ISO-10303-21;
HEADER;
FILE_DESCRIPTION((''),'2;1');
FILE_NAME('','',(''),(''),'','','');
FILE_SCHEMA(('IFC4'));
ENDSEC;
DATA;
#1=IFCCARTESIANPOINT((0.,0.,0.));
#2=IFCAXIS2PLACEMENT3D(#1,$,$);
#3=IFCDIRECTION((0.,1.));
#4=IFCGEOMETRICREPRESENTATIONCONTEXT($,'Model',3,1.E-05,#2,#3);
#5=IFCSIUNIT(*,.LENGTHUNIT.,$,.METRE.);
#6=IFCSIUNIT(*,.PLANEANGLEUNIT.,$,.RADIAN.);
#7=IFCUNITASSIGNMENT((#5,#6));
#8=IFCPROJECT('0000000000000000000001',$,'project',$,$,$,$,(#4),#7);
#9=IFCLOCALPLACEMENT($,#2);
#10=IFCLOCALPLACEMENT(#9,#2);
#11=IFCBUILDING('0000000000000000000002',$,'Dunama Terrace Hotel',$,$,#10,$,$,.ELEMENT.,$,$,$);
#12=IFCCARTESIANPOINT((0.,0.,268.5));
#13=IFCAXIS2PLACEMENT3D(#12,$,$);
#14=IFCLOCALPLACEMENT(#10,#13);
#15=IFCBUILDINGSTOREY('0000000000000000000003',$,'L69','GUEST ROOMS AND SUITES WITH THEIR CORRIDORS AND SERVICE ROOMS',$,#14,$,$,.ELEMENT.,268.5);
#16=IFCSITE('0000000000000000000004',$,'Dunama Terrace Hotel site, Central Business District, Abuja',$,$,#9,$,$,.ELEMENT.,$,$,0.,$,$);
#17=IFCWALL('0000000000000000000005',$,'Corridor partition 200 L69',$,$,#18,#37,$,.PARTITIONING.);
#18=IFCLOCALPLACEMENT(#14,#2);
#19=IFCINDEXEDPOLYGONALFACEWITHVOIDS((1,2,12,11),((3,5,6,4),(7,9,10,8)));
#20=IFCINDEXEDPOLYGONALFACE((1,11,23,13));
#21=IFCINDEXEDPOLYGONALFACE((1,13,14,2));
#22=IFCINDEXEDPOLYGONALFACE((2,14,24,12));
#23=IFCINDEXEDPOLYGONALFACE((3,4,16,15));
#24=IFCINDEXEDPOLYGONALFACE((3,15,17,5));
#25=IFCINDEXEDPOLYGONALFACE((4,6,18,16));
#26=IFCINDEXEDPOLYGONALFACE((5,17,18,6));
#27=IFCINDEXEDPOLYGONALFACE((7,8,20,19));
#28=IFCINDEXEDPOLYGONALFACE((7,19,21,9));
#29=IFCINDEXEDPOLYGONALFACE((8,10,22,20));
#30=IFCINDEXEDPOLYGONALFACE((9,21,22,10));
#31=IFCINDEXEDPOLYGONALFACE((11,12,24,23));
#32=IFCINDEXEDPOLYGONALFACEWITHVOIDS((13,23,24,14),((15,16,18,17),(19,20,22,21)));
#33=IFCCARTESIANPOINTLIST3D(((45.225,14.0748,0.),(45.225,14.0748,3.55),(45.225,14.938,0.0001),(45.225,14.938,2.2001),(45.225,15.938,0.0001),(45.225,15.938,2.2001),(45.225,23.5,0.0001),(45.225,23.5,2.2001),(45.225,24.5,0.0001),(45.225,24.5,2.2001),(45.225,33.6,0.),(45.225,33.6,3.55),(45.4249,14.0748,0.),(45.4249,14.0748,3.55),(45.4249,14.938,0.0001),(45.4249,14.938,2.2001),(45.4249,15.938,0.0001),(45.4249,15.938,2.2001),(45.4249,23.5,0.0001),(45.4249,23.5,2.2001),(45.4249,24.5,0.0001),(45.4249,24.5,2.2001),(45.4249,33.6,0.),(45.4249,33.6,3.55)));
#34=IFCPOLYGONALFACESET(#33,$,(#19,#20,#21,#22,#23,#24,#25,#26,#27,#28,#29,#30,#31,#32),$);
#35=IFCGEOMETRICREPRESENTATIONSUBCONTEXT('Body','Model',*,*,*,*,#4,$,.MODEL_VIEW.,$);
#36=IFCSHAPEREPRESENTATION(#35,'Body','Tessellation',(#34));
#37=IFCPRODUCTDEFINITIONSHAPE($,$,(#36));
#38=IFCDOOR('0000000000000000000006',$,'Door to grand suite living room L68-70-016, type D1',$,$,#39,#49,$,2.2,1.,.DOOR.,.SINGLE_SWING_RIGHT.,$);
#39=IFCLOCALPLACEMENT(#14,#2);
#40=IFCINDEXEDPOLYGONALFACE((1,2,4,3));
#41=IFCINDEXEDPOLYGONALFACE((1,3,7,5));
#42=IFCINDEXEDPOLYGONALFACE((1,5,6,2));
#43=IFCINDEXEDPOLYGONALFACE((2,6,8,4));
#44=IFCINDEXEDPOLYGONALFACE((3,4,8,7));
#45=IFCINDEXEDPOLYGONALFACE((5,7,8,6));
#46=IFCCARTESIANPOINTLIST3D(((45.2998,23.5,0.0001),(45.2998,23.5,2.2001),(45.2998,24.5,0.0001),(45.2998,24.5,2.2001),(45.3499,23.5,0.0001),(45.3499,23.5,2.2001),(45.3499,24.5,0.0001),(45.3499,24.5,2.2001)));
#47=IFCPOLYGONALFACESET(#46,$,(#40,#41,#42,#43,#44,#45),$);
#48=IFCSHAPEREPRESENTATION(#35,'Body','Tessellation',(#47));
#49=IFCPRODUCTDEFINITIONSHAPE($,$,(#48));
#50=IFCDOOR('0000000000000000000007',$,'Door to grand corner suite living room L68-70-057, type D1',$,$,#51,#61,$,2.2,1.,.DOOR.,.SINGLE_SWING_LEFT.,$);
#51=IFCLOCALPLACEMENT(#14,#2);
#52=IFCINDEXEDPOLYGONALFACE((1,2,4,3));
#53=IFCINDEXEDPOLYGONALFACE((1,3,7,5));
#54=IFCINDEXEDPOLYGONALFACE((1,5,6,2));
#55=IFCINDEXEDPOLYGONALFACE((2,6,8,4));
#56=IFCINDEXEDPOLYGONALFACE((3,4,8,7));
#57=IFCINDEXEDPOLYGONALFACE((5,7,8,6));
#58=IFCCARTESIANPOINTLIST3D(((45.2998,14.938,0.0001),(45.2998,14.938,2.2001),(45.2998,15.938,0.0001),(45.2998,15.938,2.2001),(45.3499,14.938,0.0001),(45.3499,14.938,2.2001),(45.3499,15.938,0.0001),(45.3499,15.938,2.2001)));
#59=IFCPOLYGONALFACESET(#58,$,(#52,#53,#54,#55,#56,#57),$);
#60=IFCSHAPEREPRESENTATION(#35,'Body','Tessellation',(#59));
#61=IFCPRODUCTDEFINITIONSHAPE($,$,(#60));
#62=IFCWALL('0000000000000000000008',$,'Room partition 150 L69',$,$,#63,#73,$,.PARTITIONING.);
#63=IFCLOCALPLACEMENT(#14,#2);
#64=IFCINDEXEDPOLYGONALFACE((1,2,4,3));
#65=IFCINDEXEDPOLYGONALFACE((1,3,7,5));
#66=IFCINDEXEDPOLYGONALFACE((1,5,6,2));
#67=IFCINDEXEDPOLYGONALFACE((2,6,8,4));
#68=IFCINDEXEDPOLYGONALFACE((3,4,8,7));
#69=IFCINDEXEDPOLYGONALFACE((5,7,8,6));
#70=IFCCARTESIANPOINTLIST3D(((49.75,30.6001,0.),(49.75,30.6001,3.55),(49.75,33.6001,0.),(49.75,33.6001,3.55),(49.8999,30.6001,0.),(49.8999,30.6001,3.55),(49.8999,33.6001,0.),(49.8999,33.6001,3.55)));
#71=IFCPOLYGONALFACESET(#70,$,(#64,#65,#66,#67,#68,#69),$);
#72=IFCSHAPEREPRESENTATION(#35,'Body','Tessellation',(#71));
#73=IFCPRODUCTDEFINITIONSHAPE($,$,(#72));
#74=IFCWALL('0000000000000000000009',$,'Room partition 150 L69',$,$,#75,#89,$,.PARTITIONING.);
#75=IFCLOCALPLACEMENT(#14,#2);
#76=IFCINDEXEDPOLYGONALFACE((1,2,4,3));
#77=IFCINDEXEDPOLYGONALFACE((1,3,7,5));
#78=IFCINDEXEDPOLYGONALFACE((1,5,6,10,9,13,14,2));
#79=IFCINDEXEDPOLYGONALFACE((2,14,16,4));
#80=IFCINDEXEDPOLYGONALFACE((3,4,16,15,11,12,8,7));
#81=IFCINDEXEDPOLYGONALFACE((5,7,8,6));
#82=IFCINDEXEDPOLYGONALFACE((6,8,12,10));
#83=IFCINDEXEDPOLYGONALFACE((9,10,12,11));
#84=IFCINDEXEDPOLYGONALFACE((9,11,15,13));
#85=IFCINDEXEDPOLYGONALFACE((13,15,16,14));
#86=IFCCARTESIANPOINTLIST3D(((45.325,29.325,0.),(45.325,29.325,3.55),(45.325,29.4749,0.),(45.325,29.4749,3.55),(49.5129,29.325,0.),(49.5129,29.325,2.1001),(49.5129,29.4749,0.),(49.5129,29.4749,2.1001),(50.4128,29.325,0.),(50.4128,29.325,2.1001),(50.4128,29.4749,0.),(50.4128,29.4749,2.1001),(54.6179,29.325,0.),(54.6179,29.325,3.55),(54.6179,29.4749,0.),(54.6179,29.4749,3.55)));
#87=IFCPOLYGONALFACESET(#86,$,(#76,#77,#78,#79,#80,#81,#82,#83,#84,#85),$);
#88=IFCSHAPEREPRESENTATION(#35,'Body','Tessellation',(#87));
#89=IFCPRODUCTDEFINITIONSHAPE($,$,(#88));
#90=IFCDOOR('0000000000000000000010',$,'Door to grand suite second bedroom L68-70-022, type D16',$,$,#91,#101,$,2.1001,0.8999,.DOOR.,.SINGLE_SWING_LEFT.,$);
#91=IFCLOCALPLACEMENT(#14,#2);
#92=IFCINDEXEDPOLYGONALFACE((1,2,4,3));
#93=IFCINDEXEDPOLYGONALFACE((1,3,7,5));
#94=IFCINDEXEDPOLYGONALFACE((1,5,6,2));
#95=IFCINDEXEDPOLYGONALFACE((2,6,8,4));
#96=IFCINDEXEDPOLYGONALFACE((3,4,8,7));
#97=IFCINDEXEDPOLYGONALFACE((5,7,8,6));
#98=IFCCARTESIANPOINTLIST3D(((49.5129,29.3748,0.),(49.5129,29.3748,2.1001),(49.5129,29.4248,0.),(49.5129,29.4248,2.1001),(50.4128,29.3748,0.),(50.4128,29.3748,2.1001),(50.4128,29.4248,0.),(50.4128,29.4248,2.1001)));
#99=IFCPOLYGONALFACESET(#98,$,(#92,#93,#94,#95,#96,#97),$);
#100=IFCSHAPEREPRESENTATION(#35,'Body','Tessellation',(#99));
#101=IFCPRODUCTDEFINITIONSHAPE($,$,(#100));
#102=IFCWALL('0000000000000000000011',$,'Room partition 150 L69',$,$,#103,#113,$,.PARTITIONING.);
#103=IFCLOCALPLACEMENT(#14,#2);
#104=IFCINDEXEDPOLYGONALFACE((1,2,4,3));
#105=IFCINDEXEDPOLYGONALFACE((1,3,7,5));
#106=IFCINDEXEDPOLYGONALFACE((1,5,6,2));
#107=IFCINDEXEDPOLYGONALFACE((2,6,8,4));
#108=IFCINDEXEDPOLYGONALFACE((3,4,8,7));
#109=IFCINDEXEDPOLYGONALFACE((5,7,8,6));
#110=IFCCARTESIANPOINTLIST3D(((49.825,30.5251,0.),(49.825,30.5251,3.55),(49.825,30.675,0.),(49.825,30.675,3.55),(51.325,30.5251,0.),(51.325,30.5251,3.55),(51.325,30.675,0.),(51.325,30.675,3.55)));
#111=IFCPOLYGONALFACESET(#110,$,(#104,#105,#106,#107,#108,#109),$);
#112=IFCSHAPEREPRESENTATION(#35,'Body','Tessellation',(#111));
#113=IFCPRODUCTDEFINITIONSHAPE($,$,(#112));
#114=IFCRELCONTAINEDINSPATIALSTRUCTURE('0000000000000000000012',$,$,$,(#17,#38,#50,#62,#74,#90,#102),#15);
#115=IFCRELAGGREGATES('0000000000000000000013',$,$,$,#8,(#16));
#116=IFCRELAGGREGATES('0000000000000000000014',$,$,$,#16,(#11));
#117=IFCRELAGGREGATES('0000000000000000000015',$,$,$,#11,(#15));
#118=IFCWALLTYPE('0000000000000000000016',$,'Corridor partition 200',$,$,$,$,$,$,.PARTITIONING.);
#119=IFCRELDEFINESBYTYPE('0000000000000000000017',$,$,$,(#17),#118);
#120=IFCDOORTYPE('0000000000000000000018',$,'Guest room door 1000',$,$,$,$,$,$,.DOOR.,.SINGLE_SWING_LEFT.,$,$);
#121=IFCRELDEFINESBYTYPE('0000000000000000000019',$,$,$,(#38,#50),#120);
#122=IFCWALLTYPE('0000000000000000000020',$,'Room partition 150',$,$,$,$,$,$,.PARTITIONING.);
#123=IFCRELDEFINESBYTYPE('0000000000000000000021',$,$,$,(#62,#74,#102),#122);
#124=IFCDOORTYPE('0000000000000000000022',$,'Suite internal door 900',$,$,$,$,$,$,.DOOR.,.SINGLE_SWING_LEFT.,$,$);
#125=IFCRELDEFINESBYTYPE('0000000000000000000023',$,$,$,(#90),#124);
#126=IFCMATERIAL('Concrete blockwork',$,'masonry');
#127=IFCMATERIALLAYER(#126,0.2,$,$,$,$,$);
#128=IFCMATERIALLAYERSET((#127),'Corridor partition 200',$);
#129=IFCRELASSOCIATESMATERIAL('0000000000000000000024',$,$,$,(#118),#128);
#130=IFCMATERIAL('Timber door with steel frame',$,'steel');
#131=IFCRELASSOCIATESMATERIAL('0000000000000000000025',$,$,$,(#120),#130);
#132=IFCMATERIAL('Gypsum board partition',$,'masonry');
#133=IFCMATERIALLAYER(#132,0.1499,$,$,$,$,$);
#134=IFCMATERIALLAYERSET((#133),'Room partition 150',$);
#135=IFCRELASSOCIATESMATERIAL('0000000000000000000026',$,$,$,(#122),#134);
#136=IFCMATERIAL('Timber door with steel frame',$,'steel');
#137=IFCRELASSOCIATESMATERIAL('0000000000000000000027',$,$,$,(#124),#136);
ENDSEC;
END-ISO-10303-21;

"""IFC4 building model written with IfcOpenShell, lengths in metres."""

from ifc_helpers import new_model, si_unit, direction, frame, frame_2d, origin, place, context, subcontext, project, spatial, rectangle, extrude, material, layer, layer_set, type_object, element, fill, save


model = new_model("IFC4")

# Units and contexts
model_context = context("Model", 3, precision=1e-05, world=origin(), true_north=direction((0.0, 1.0)))
body_context = subcontext(model_context, "Body", "Model", "MODEL_VIEW")
ifc_project = project(units=[si_unit("LENGTHUNIT", "METRE"), si_unit("PLANEANGLEUNIT", "RADIAN")], contexts=[model_context])

# Site, building, storey
site_placement = place(None, origin())
site = spatial("IfcSite", under=ifc_project, at=site_placement, Name="Dunama Terrace Hotel site, Central Business District, Abuja", CompositionType="ELEMENT", RefElevation=0.0)
building_placement = place(site_placement, origin())
building = spatial("IfcBuilding", under=site, at=building_placement, Name="Dunama Terrace Hotel", CompositionType="ELEMENT")
storey_placement = place(building_placement, frame((0.0, 0.0, 268.5)))
storey = spatial("IfcBuildingStorey", under=building, at=storey_placement, Name="L69", Description="GUEST ROOMS AND SUITES WITH THEIR CORRIDORS AND SERVICE ROOMS", CompositionType="ELEMENT", Elevation=268.5)

# Shared definitions
ifc_material_1 = material(Name="Concrete blockwork", Category="masonry")
ifc_layer_1 = layer(ifc_material_1, 0.2)
ifc_layer_set_1 = layer_set([ifc_layer_1], Name="Corridor partition 200")
wall_type_1 = type_object("IfcWallType", Name="Corridor partition 200", PredefinedType="PARTITIONING", material=ifc_layer_set_1)

# Wall, openings, doors
wall_1_placement = place(storey_placement, frame((45.325, 33.6001, 0.0), z_axis=(0.0, 0.0, 1.0), x_axis=(0.0, -1.0, 0.0)))
wall_1 = element("IfcWall", 1, at=wall_1_placement, inside=storey, type_object=wall_type_1, Name="Corridor partition 200 L69", PredefinedType="PARTITIONING", context=body_context, shape_type="SweptSolid", body=[
    extrude(rectangle(XDim=19.5251, YDim=0.2, at=frame_2d((9.7627, 0.0))), origin(), (0.0, 0.0, 1.0), 3.55),
])
opening_1_placement = place(wall_1_placement, frame((9.1001, 0.0, 0.0)))
opening_1 = element("IfcOpeningElement", 2, at=opening_1_placement, cuts=wall_1, PredefinedType="OPENING", context=body_context, shape_type="SweptSolid", body=[
    extrude(rectangle(XDim=1.0, YDim=2.2, at=frame_2d((0.5, 1.1001))), frame((0.0, 0.1099, 0.0), z_axis=(0.0, -1.0, 0.0), x_axis=(1.0, 0.0, 0.0)), (0.0, 0.0, 1.0), 0.22),
])
opening_2_placement = place(wall_1_placement, frame((17.6621, 0.0, 0.0)))
opening_2 = element("IfcOpeningElement", 3, at=opening_2_placement, cuts=wall_1, PredefinedType="OPENING", context=body_context, shape_type="SweptSolid", body=[
    extrude(rectangle(XDim=1.0, YDim=2.2, at=frame_2d((0.5, 1.1001))), frame((0.0, 0.1099, 0.0), z_axis=(0.0, -1.0, 0.0), x_axis=(1.0, 0.0, 0.0)), (0.0, 0.0, 1.0), 0.22),
])
ifc_material_2 = material(Name="Timber door with steel frame", Category="steel")
door_type_1 = type_object("IfcDoorType", Name="Guest room door 1000", OperationType="SINGLE_SWING_LEFT", PredefinedType="DOOR", material=ifc_material_2)
door_1_placement = place(opening_1_placement, origin())
door_1 = element("IfcDoor", 4, at=door_1_placement, inside=storey, type_object=door_type_1, Name="Door to grand suite living room L68-70-016, type D1", OperationType="SINGLE_SWING_RIGHT", OverallHeight=2.2, OverallWidth=1.0, PredefinedType="DOOR", context=body_context, shape_type="SweptSolid", body=[
    extrude(rectangle(XDim=1.0, YDim=2.2, at=frame_2d((0.5, 1.1001))), frame((0.0, 0.0249, 0.0), z_axis=(0.0, -1.0, 0.0), x_axis=(1.0, 0.0, 0.0)), (0.0, 0.0, 1.0), 0.05),
])
fill(opening_1, door_1)
door_2_placement = place(opening_2_placement, origin())
door_2 = element("IfcDoor", 5, at=door_2_placement, inside=storey, type_object=door_type_1, Name="Door to grand corner suite living room L68-70-057, type D1", OperationType="SINGLE_SWING_LEFT", OverallHeight=2.2, OverallWidth=1.0, PredefinedType="DOOR", context=body_context, shape_type="SweptSolid", body=[
    extrude(rectangle(XDim=1.0, YDim=2.2, at=frame_2d((0.5, 1.1001))), frame((0.0, 0.0249, 0.0), z_axis=(0.0, -1.0, 0.0), x_axis=(1.0, 0.0, 0.0)), (0.0, 0.0, 1.0), 0.05),
])
fill(opening_2, door_2)

# Wall
ifc_material_3 = material(Name="Gypsum board partition", Category="masonry")
ifc_layer_2 = layer(ifc_material_3, 0.1499)
ifc_layer_set_2 = layer_set([ifc_layer_2], Name="Room partition 150")
wall_type_2 = type_object("IfcWallType", Name="Room partition 150", PredefinedType="PARTITIONING", material=ifc_layer_set_2)
wall_2_placement = place(storey_placement, frame((49.825, 30.6001, 0.0), z_axis=(0.0, 0.0, 1.0), x_axis=(0.0, 1.0, 0.0)))
element("IfcWall", 6, at=wall_2_placement, inside=storey, type_object=wall_type_2, Name="Room partition 150 L69", PredefinedType="PARTITIONING", context=body_context, shape_type="SweptSolid", body=[
    extrude(rectangle(XDim=3.0, YDim=0.1499, at=frame_2d((1.5, 0.0))), origin(), (0.0, 0.0, 1.0), 3.55),
])

# Wall, opening, door
wall_3_placement = place(storey_placement, frame((45.325, 29.3999, 0.0), z_axis=(0.0, 0.0, 1.0), x_axis=(1.0, 0.0, 0.0)))
wall_3 = element("IfcWall", 7, at=wall_3_placement, inside=storey, type_object=wall_type_2, Name="Room partition 150 L69", PredefinedType="PARTITIONING", context=body_context, shape_type="SweptSolid", body=[
    extrude(rectangle(XDim=9.293, YDim=0.1499, at=frame_2d((4.6465, 0.0))), origin(), (0.0, 0.0, 1.0), 3.55),
])
opening_3_placement = place(wall_3_placement, frame((4.188, 0.0, 0.0)))
opening_3 = element("IfcOpeningElement", 8, at=opening_3_placement, cuts=wall_3, PredefinedType="OPENING", context=body_context, shape_type="SweptSolid", body=[
    extrude(rectangle(XDim=0.8999, YDim=2.1001, at=frame_2d((0.45, 1.05))), frame((0.0, 0.085, 0.0), z_axis=(0.0, -1.0, 0.0), x_axis=(1.0, 0.0, 0.0)), (0.0, 0.0, 1.0), 0.1699),
])
ifc_material_4 = material(Name="Timber door with steel frame", Category="steel")
door_type_2 = type_object("IfcDoorType", Name="Suite internal door 900", OperationType="SINGLE_SWING_LEFT", PredefinedType="DOOR", material=ifc_material_4)
door_3_placement = place(opening_3_placement, origin())
door_3 = element("IfcDoor", 9, at=door_3_placement, inside=storey, type_object=door_type_2, Name="Door to grand suite second bedroom L68-70-022, type D16", OperationType="SINGLE_SWING_LEFT", OverallHeight=2.1001, OverallWidth=0.8999, PredefinedType="DOOR", context=body_context, shape_type="SweptSolid", body=[
    extrude(rectangle(XDim=0.8999, YDim=2.1001, at=frame_2d((0.45, 1.05))), frame((0.0, 0.0249, 0.0), z_axis=(0.0, -1.0, 0.0), x_axis=(1.0, 0.0, 0.0)), (0.0, 0.0, 1.0), 0.05),
])
fill(opening_3, door_3)

# Wall
wall_4_placement = place(storey_placement, frame((49.825, 30.6001, 0.0), z_axis=(0.0, 0.0, 1.0), x_axis=(1.0, 0.0, 0.0)))
element("IfcWall", 10, at=wall_4_placement, inside=storey, type_object=wall_type_2, Name="Room partition 150 L69", PredefinedType="PARTITIONING", context=body_context, shape_type="SweptSolid", body=[
    extrude(rectangle(XDim=1.5, YDim=0.1499, at=frame_2d((0.75, 0.0))), origin(), (0.0, 0.0, 1.0), 3.55),
])

save(model, "model.ifc")
